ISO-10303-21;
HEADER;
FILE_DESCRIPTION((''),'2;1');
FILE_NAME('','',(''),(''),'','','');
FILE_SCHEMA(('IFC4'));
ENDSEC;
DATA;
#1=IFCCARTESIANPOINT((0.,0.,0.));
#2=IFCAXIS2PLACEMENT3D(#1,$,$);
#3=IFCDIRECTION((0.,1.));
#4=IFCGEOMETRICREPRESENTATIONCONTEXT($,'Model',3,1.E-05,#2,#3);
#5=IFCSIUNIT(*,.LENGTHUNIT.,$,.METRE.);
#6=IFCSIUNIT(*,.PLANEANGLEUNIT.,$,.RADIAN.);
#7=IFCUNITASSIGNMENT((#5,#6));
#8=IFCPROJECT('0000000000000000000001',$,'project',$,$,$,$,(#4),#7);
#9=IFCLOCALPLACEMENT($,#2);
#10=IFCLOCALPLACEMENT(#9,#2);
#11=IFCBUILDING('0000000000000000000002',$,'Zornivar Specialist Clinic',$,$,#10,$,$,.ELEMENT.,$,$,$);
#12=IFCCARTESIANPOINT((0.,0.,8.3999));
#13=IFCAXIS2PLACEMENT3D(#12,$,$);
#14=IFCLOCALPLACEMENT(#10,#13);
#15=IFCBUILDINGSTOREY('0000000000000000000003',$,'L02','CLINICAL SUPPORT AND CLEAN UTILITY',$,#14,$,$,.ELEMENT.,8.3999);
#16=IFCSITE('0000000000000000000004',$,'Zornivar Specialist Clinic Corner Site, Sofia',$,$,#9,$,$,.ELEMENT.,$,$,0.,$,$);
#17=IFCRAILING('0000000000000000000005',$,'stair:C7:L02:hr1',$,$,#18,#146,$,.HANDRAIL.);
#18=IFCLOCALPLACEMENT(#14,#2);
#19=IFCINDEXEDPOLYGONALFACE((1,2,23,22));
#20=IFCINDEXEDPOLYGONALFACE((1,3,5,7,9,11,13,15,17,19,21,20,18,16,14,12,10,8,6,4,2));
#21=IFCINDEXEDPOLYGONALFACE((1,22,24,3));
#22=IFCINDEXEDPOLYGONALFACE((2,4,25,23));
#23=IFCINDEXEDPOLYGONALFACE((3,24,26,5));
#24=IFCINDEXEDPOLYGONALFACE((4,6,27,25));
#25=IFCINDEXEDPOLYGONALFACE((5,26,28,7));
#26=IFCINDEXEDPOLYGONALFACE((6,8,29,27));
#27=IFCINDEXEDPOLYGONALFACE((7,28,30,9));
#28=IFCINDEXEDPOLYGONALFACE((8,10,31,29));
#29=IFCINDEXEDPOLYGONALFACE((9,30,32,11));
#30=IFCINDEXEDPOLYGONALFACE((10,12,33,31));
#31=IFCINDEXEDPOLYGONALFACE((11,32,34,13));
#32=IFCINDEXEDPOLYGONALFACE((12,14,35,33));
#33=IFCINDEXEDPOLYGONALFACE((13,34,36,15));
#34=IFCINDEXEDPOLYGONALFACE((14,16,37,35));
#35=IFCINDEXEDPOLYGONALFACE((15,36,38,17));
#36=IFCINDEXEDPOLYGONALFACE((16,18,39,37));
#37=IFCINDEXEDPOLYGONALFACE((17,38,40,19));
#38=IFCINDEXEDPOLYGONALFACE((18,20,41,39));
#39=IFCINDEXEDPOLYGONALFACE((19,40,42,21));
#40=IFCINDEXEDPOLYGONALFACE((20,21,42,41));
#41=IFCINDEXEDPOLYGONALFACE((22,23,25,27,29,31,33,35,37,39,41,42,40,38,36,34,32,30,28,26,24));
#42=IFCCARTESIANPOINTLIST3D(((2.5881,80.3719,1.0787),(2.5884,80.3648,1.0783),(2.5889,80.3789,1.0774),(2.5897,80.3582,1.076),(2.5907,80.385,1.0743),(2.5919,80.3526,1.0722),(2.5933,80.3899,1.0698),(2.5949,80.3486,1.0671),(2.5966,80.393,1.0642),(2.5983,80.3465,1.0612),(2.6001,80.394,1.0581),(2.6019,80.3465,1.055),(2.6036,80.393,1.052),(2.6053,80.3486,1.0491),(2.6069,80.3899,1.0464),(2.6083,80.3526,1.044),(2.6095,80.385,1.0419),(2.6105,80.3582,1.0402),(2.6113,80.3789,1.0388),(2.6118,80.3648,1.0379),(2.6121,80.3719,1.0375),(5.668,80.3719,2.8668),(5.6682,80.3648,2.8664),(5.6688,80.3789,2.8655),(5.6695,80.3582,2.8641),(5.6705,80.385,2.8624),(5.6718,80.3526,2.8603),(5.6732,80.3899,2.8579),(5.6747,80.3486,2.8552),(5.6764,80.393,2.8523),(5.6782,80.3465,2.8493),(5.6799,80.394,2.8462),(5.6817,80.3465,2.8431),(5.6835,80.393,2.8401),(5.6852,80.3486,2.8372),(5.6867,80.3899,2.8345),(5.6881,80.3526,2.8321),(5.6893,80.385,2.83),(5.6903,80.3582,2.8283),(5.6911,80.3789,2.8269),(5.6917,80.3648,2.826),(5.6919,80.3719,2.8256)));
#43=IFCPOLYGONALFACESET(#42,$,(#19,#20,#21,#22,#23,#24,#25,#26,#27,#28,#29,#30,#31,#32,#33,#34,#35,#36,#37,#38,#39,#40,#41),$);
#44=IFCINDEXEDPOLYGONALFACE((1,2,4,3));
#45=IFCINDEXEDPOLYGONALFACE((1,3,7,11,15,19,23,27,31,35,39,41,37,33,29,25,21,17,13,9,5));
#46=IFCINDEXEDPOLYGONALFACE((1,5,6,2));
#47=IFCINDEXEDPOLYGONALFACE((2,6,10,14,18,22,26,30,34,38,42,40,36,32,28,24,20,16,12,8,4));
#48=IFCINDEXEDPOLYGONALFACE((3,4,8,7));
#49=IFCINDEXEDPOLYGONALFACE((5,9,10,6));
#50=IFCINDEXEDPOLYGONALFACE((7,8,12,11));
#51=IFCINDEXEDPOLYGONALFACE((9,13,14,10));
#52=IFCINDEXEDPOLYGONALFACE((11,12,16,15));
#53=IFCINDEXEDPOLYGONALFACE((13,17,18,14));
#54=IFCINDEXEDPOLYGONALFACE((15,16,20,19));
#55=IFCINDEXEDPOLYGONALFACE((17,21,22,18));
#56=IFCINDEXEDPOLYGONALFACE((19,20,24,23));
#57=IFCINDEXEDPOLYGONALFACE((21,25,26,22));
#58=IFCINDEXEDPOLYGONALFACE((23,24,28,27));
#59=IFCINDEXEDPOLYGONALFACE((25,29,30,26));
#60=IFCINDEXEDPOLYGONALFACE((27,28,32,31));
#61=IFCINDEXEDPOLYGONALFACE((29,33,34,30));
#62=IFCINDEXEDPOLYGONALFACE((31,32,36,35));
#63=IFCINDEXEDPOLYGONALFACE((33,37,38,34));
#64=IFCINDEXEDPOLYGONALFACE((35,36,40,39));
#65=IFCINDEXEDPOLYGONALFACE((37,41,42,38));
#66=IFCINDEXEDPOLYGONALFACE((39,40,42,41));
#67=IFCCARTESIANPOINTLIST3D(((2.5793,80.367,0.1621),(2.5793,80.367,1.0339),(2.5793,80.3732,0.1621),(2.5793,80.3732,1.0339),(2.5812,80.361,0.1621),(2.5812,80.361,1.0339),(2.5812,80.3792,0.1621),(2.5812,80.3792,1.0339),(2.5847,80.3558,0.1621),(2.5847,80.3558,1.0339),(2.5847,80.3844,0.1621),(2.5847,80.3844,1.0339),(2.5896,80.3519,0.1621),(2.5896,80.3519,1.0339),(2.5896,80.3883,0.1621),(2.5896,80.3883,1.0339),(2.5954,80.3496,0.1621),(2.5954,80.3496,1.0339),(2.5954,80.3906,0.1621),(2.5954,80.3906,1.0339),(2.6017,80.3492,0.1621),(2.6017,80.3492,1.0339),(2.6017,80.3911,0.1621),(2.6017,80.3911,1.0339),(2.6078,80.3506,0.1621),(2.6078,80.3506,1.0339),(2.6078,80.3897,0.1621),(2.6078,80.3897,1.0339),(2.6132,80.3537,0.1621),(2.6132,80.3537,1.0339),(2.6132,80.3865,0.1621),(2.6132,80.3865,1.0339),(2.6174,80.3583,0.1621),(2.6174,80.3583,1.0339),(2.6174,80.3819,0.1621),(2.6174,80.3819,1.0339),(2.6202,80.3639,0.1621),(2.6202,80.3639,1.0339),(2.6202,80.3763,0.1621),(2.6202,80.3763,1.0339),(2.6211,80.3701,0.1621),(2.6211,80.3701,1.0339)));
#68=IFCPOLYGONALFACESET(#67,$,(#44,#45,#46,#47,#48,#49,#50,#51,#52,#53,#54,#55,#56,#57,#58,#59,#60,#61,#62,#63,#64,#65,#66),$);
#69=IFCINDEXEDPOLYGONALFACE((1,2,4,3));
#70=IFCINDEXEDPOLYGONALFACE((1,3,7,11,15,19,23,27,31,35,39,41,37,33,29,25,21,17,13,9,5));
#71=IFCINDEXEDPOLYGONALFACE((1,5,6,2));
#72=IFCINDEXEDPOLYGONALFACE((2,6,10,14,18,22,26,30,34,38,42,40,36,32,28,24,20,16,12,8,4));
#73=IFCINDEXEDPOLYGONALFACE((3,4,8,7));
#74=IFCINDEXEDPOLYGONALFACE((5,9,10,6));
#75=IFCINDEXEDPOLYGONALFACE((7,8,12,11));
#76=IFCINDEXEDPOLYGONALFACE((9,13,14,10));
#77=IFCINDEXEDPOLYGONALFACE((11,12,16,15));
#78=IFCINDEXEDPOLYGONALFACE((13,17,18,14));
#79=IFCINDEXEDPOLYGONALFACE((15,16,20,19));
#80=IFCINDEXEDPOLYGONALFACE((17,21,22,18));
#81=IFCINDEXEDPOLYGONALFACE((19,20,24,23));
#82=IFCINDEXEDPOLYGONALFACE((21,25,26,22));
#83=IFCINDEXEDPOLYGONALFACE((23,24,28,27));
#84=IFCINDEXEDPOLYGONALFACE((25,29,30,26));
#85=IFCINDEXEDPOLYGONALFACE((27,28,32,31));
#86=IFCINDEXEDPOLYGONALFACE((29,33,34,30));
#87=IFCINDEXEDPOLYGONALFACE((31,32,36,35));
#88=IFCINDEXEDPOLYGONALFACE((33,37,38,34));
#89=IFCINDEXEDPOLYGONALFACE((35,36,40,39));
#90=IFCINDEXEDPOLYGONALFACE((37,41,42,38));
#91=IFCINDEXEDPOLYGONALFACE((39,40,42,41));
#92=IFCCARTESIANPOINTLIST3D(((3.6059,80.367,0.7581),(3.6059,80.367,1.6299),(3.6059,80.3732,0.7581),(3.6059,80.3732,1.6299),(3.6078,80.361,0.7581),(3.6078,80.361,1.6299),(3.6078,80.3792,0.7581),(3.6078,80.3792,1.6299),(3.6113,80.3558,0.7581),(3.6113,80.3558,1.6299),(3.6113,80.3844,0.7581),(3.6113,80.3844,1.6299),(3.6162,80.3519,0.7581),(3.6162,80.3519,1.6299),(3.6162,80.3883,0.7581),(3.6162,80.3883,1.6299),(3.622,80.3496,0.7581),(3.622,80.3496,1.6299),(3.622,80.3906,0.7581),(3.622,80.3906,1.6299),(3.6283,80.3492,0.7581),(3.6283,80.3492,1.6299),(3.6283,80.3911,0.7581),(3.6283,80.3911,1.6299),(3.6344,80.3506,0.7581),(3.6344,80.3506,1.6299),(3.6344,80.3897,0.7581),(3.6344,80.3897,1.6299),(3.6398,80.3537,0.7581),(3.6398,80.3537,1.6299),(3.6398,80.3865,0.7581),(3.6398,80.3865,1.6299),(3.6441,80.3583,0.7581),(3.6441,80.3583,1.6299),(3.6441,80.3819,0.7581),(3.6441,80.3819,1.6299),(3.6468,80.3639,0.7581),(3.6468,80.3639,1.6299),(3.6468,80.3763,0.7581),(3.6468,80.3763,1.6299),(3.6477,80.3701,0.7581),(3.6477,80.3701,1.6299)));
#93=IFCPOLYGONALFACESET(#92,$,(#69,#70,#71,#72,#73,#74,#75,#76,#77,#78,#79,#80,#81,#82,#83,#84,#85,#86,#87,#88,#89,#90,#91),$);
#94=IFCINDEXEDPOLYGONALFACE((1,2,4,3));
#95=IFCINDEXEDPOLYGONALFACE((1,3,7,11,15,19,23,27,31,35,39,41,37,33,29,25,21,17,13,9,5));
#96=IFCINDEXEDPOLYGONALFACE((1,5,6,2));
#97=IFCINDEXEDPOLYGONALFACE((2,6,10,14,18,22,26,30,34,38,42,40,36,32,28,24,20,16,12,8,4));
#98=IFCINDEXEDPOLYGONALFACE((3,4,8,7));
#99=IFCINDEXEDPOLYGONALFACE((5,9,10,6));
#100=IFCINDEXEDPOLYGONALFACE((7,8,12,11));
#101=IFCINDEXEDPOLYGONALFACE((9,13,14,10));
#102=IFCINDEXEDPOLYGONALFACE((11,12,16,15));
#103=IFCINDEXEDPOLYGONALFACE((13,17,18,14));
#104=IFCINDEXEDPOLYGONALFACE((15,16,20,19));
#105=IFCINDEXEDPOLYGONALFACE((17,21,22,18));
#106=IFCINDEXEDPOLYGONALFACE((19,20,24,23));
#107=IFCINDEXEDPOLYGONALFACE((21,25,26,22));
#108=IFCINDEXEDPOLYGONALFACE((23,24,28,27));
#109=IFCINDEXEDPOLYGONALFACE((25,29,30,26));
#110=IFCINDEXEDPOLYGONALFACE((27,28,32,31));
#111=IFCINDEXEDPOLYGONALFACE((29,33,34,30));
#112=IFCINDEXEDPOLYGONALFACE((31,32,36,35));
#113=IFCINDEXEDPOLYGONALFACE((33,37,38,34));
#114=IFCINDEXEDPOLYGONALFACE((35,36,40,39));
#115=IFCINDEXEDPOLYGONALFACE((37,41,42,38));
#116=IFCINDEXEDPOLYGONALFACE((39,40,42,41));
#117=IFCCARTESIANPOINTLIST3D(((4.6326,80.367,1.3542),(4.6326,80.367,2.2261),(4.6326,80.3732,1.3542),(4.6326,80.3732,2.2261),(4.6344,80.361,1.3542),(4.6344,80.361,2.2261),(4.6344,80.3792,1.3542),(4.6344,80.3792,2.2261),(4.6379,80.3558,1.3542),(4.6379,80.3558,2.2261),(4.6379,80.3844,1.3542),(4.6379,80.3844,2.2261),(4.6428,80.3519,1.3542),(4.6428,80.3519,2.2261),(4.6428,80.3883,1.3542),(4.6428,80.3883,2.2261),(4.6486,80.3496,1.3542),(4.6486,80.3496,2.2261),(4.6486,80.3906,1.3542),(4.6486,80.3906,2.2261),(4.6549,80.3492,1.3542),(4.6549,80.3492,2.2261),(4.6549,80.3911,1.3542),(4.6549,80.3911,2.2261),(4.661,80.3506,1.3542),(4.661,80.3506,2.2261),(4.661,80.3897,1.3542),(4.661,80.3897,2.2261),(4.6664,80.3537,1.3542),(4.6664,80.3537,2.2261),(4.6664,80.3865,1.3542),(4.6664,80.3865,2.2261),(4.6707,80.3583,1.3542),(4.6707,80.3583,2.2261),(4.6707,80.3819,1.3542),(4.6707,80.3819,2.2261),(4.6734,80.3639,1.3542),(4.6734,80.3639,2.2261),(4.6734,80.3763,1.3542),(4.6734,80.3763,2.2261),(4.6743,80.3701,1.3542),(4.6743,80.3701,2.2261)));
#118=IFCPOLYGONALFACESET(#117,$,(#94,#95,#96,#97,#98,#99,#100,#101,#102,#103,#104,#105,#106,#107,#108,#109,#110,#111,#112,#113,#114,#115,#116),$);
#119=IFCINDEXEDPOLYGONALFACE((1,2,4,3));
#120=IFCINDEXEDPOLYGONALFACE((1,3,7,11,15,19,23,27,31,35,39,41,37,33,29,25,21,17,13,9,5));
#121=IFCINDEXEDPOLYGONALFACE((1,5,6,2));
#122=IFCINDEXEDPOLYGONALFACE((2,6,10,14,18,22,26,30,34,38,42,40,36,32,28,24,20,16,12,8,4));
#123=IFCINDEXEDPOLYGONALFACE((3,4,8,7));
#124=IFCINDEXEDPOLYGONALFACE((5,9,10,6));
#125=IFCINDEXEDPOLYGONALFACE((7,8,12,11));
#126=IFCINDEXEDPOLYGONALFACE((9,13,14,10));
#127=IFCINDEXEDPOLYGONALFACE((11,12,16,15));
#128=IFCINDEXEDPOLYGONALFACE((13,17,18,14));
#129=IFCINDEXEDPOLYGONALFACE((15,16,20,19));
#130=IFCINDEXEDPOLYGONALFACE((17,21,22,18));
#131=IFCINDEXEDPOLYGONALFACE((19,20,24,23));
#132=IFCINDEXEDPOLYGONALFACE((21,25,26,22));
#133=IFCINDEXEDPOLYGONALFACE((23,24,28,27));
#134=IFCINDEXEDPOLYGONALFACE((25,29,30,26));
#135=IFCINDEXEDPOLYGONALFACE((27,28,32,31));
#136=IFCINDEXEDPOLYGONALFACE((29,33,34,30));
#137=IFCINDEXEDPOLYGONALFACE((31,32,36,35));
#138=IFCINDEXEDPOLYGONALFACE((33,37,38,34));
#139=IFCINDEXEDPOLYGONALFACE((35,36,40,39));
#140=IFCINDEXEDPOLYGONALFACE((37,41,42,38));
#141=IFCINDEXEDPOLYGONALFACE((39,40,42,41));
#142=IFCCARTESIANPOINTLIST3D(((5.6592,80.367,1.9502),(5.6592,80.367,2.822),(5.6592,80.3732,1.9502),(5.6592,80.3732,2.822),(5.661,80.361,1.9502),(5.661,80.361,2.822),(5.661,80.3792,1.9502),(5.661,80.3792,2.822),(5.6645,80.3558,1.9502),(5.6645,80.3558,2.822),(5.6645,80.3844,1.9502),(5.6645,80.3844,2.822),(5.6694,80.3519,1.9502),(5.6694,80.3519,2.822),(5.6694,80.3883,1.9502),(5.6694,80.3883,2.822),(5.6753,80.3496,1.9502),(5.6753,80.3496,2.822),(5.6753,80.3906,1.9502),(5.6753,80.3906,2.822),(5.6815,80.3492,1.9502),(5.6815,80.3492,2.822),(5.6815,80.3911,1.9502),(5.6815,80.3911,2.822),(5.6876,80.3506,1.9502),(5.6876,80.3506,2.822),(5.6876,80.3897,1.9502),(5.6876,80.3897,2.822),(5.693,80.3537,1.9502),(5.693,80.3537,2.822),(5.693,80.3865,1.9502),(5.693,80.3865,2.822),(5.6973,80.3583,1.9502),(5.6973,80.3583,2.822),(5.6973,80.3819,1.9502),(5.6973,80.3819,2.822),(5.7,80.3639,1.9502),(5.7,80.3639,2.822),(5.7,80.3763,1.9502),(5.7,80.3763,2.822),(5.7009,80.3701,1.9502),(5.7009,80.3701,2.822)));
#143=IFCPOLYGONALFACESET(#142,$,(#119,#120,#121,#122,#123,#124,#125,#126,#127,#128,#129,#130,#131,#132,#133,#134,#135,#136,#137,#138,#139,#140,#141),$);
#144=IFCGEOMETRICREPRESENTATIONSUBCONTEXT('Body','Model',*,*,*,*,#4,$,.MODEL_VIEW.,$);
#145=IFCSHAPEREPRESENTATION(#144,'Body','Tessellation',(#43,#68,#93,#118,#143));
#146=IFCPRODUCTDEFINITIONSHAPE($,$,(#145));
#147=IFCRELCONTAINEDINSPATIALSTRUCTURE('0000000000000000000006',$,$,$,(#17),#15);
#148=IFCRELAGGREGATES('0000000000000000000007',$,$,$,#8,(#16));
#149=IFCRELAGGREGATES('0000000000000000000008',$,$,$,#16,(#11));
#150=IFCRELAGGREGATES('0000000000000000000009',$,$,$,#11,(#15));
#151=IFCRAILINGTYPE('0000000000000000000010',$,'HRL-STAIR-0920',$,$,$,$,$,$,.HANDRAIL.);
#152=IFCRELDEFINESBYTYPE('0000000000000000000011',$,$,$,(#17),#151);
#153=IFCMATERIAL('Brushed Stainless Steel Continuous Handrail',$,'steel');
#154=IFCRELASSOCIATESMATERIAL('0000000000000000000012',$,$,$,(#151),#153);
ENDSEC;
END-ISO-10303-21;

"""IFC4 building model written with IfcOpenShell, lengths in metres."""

from ifc_helpers import new_model, si_unit, direction, frame, origin, origin_2d, place, context, subcontext, project, spatial, circle, extrude, material, type_object, element, save


model = new_model("IFC4")

# Units and contexts
model_context = context("Model", 3, precision=1e-05, world=origin(), true_north=direction((0.0, 1.0)))
body_context = subcontext(model_context, "Body", "Model", "MODEL_VIEW")
ifc_project = project(units=[si_unit("LENGTHUNIT", "METRE"), si_unit("PLANEANGLEUNIT", "RADIAN")], contexts=[model_context])

# Site, building, storey
site_placement = place(None, origin())
site = spatial("IfcSite", under=ifc_project, at=site_placement, Name="Zornivar Specialist Clinic Corner Site, Sofia", CompositionType="ELEMENT", RefElevation=0.0)
building_placement = place(site_placement, origin())
building = spatial("IfcBuilding", under=site, at=building_placement, Name="Zornivar Specialist Clinic", CompositionType="ELEMENT")
storey_placement = place(building_placement, frame((0.0, 0.0, 8.3999)))
storey = spatial("IfcBuildingStorey", under=building, at=storey_placement, Name="L02", Description="CLINICAL SUPPORT AND CLEAN UTILITY", CompositionType="ELEMENT", Elevation=8.3999)

# Railing
ifc_material_1 = material(Name="Brushed Stainless Steel Continuous Handrail", Category="steel")
railing_type_1 = type_object("IfcRailingType", Name="HRL-STAIR-0920", PredefinedType="HANDRAIL", material=ifc_material_1)
railing_1_placement = place(storey_placement, frame((2.6001, 80.3701, 0.1621)))
element("IfcRailing", 1, at=railing_1_placement, inside=storey, type_object=railing_type_1, Name="stair:C7:L02:hr1", PredefinedType="HANDRAIL", context=body_context, shape_type="SweptSolid", body=[
    extrude(circle(Radius=0.0239, at=origin_2d()), frame((0.0, 0.0, 0.896), z_axis=(0.864814, 0.0, 0.502093), x_axis=(0.0, 1.0, 0.0)), (0.0, 0.0, 1.0), 3.5613),
    extrude(circle(Radius=0.021, at=origin_2d()), origin(), (0.0, 0.0, 1.0), 0.8718),
    extrude(circle(Radius=0.021, at=origin_2d()), frame((1.0266, 0.0, 0.5959)), (0.0, 0.0, 1.0), 0.8718),
    extrude(circle(Radius=0.021, at=origin_2d()), frame((2.0532, 0.0, 1.1921)), (0.0, 0.0, 1.0), 0.8718),
    extrude(circle(Radius=0.021, at=origin_2d()), frame((3.0798, 0.0, 1.7881)), (0.0, 0.0, 1.0), 0.8718),
])

save(model, "model.ifc")
